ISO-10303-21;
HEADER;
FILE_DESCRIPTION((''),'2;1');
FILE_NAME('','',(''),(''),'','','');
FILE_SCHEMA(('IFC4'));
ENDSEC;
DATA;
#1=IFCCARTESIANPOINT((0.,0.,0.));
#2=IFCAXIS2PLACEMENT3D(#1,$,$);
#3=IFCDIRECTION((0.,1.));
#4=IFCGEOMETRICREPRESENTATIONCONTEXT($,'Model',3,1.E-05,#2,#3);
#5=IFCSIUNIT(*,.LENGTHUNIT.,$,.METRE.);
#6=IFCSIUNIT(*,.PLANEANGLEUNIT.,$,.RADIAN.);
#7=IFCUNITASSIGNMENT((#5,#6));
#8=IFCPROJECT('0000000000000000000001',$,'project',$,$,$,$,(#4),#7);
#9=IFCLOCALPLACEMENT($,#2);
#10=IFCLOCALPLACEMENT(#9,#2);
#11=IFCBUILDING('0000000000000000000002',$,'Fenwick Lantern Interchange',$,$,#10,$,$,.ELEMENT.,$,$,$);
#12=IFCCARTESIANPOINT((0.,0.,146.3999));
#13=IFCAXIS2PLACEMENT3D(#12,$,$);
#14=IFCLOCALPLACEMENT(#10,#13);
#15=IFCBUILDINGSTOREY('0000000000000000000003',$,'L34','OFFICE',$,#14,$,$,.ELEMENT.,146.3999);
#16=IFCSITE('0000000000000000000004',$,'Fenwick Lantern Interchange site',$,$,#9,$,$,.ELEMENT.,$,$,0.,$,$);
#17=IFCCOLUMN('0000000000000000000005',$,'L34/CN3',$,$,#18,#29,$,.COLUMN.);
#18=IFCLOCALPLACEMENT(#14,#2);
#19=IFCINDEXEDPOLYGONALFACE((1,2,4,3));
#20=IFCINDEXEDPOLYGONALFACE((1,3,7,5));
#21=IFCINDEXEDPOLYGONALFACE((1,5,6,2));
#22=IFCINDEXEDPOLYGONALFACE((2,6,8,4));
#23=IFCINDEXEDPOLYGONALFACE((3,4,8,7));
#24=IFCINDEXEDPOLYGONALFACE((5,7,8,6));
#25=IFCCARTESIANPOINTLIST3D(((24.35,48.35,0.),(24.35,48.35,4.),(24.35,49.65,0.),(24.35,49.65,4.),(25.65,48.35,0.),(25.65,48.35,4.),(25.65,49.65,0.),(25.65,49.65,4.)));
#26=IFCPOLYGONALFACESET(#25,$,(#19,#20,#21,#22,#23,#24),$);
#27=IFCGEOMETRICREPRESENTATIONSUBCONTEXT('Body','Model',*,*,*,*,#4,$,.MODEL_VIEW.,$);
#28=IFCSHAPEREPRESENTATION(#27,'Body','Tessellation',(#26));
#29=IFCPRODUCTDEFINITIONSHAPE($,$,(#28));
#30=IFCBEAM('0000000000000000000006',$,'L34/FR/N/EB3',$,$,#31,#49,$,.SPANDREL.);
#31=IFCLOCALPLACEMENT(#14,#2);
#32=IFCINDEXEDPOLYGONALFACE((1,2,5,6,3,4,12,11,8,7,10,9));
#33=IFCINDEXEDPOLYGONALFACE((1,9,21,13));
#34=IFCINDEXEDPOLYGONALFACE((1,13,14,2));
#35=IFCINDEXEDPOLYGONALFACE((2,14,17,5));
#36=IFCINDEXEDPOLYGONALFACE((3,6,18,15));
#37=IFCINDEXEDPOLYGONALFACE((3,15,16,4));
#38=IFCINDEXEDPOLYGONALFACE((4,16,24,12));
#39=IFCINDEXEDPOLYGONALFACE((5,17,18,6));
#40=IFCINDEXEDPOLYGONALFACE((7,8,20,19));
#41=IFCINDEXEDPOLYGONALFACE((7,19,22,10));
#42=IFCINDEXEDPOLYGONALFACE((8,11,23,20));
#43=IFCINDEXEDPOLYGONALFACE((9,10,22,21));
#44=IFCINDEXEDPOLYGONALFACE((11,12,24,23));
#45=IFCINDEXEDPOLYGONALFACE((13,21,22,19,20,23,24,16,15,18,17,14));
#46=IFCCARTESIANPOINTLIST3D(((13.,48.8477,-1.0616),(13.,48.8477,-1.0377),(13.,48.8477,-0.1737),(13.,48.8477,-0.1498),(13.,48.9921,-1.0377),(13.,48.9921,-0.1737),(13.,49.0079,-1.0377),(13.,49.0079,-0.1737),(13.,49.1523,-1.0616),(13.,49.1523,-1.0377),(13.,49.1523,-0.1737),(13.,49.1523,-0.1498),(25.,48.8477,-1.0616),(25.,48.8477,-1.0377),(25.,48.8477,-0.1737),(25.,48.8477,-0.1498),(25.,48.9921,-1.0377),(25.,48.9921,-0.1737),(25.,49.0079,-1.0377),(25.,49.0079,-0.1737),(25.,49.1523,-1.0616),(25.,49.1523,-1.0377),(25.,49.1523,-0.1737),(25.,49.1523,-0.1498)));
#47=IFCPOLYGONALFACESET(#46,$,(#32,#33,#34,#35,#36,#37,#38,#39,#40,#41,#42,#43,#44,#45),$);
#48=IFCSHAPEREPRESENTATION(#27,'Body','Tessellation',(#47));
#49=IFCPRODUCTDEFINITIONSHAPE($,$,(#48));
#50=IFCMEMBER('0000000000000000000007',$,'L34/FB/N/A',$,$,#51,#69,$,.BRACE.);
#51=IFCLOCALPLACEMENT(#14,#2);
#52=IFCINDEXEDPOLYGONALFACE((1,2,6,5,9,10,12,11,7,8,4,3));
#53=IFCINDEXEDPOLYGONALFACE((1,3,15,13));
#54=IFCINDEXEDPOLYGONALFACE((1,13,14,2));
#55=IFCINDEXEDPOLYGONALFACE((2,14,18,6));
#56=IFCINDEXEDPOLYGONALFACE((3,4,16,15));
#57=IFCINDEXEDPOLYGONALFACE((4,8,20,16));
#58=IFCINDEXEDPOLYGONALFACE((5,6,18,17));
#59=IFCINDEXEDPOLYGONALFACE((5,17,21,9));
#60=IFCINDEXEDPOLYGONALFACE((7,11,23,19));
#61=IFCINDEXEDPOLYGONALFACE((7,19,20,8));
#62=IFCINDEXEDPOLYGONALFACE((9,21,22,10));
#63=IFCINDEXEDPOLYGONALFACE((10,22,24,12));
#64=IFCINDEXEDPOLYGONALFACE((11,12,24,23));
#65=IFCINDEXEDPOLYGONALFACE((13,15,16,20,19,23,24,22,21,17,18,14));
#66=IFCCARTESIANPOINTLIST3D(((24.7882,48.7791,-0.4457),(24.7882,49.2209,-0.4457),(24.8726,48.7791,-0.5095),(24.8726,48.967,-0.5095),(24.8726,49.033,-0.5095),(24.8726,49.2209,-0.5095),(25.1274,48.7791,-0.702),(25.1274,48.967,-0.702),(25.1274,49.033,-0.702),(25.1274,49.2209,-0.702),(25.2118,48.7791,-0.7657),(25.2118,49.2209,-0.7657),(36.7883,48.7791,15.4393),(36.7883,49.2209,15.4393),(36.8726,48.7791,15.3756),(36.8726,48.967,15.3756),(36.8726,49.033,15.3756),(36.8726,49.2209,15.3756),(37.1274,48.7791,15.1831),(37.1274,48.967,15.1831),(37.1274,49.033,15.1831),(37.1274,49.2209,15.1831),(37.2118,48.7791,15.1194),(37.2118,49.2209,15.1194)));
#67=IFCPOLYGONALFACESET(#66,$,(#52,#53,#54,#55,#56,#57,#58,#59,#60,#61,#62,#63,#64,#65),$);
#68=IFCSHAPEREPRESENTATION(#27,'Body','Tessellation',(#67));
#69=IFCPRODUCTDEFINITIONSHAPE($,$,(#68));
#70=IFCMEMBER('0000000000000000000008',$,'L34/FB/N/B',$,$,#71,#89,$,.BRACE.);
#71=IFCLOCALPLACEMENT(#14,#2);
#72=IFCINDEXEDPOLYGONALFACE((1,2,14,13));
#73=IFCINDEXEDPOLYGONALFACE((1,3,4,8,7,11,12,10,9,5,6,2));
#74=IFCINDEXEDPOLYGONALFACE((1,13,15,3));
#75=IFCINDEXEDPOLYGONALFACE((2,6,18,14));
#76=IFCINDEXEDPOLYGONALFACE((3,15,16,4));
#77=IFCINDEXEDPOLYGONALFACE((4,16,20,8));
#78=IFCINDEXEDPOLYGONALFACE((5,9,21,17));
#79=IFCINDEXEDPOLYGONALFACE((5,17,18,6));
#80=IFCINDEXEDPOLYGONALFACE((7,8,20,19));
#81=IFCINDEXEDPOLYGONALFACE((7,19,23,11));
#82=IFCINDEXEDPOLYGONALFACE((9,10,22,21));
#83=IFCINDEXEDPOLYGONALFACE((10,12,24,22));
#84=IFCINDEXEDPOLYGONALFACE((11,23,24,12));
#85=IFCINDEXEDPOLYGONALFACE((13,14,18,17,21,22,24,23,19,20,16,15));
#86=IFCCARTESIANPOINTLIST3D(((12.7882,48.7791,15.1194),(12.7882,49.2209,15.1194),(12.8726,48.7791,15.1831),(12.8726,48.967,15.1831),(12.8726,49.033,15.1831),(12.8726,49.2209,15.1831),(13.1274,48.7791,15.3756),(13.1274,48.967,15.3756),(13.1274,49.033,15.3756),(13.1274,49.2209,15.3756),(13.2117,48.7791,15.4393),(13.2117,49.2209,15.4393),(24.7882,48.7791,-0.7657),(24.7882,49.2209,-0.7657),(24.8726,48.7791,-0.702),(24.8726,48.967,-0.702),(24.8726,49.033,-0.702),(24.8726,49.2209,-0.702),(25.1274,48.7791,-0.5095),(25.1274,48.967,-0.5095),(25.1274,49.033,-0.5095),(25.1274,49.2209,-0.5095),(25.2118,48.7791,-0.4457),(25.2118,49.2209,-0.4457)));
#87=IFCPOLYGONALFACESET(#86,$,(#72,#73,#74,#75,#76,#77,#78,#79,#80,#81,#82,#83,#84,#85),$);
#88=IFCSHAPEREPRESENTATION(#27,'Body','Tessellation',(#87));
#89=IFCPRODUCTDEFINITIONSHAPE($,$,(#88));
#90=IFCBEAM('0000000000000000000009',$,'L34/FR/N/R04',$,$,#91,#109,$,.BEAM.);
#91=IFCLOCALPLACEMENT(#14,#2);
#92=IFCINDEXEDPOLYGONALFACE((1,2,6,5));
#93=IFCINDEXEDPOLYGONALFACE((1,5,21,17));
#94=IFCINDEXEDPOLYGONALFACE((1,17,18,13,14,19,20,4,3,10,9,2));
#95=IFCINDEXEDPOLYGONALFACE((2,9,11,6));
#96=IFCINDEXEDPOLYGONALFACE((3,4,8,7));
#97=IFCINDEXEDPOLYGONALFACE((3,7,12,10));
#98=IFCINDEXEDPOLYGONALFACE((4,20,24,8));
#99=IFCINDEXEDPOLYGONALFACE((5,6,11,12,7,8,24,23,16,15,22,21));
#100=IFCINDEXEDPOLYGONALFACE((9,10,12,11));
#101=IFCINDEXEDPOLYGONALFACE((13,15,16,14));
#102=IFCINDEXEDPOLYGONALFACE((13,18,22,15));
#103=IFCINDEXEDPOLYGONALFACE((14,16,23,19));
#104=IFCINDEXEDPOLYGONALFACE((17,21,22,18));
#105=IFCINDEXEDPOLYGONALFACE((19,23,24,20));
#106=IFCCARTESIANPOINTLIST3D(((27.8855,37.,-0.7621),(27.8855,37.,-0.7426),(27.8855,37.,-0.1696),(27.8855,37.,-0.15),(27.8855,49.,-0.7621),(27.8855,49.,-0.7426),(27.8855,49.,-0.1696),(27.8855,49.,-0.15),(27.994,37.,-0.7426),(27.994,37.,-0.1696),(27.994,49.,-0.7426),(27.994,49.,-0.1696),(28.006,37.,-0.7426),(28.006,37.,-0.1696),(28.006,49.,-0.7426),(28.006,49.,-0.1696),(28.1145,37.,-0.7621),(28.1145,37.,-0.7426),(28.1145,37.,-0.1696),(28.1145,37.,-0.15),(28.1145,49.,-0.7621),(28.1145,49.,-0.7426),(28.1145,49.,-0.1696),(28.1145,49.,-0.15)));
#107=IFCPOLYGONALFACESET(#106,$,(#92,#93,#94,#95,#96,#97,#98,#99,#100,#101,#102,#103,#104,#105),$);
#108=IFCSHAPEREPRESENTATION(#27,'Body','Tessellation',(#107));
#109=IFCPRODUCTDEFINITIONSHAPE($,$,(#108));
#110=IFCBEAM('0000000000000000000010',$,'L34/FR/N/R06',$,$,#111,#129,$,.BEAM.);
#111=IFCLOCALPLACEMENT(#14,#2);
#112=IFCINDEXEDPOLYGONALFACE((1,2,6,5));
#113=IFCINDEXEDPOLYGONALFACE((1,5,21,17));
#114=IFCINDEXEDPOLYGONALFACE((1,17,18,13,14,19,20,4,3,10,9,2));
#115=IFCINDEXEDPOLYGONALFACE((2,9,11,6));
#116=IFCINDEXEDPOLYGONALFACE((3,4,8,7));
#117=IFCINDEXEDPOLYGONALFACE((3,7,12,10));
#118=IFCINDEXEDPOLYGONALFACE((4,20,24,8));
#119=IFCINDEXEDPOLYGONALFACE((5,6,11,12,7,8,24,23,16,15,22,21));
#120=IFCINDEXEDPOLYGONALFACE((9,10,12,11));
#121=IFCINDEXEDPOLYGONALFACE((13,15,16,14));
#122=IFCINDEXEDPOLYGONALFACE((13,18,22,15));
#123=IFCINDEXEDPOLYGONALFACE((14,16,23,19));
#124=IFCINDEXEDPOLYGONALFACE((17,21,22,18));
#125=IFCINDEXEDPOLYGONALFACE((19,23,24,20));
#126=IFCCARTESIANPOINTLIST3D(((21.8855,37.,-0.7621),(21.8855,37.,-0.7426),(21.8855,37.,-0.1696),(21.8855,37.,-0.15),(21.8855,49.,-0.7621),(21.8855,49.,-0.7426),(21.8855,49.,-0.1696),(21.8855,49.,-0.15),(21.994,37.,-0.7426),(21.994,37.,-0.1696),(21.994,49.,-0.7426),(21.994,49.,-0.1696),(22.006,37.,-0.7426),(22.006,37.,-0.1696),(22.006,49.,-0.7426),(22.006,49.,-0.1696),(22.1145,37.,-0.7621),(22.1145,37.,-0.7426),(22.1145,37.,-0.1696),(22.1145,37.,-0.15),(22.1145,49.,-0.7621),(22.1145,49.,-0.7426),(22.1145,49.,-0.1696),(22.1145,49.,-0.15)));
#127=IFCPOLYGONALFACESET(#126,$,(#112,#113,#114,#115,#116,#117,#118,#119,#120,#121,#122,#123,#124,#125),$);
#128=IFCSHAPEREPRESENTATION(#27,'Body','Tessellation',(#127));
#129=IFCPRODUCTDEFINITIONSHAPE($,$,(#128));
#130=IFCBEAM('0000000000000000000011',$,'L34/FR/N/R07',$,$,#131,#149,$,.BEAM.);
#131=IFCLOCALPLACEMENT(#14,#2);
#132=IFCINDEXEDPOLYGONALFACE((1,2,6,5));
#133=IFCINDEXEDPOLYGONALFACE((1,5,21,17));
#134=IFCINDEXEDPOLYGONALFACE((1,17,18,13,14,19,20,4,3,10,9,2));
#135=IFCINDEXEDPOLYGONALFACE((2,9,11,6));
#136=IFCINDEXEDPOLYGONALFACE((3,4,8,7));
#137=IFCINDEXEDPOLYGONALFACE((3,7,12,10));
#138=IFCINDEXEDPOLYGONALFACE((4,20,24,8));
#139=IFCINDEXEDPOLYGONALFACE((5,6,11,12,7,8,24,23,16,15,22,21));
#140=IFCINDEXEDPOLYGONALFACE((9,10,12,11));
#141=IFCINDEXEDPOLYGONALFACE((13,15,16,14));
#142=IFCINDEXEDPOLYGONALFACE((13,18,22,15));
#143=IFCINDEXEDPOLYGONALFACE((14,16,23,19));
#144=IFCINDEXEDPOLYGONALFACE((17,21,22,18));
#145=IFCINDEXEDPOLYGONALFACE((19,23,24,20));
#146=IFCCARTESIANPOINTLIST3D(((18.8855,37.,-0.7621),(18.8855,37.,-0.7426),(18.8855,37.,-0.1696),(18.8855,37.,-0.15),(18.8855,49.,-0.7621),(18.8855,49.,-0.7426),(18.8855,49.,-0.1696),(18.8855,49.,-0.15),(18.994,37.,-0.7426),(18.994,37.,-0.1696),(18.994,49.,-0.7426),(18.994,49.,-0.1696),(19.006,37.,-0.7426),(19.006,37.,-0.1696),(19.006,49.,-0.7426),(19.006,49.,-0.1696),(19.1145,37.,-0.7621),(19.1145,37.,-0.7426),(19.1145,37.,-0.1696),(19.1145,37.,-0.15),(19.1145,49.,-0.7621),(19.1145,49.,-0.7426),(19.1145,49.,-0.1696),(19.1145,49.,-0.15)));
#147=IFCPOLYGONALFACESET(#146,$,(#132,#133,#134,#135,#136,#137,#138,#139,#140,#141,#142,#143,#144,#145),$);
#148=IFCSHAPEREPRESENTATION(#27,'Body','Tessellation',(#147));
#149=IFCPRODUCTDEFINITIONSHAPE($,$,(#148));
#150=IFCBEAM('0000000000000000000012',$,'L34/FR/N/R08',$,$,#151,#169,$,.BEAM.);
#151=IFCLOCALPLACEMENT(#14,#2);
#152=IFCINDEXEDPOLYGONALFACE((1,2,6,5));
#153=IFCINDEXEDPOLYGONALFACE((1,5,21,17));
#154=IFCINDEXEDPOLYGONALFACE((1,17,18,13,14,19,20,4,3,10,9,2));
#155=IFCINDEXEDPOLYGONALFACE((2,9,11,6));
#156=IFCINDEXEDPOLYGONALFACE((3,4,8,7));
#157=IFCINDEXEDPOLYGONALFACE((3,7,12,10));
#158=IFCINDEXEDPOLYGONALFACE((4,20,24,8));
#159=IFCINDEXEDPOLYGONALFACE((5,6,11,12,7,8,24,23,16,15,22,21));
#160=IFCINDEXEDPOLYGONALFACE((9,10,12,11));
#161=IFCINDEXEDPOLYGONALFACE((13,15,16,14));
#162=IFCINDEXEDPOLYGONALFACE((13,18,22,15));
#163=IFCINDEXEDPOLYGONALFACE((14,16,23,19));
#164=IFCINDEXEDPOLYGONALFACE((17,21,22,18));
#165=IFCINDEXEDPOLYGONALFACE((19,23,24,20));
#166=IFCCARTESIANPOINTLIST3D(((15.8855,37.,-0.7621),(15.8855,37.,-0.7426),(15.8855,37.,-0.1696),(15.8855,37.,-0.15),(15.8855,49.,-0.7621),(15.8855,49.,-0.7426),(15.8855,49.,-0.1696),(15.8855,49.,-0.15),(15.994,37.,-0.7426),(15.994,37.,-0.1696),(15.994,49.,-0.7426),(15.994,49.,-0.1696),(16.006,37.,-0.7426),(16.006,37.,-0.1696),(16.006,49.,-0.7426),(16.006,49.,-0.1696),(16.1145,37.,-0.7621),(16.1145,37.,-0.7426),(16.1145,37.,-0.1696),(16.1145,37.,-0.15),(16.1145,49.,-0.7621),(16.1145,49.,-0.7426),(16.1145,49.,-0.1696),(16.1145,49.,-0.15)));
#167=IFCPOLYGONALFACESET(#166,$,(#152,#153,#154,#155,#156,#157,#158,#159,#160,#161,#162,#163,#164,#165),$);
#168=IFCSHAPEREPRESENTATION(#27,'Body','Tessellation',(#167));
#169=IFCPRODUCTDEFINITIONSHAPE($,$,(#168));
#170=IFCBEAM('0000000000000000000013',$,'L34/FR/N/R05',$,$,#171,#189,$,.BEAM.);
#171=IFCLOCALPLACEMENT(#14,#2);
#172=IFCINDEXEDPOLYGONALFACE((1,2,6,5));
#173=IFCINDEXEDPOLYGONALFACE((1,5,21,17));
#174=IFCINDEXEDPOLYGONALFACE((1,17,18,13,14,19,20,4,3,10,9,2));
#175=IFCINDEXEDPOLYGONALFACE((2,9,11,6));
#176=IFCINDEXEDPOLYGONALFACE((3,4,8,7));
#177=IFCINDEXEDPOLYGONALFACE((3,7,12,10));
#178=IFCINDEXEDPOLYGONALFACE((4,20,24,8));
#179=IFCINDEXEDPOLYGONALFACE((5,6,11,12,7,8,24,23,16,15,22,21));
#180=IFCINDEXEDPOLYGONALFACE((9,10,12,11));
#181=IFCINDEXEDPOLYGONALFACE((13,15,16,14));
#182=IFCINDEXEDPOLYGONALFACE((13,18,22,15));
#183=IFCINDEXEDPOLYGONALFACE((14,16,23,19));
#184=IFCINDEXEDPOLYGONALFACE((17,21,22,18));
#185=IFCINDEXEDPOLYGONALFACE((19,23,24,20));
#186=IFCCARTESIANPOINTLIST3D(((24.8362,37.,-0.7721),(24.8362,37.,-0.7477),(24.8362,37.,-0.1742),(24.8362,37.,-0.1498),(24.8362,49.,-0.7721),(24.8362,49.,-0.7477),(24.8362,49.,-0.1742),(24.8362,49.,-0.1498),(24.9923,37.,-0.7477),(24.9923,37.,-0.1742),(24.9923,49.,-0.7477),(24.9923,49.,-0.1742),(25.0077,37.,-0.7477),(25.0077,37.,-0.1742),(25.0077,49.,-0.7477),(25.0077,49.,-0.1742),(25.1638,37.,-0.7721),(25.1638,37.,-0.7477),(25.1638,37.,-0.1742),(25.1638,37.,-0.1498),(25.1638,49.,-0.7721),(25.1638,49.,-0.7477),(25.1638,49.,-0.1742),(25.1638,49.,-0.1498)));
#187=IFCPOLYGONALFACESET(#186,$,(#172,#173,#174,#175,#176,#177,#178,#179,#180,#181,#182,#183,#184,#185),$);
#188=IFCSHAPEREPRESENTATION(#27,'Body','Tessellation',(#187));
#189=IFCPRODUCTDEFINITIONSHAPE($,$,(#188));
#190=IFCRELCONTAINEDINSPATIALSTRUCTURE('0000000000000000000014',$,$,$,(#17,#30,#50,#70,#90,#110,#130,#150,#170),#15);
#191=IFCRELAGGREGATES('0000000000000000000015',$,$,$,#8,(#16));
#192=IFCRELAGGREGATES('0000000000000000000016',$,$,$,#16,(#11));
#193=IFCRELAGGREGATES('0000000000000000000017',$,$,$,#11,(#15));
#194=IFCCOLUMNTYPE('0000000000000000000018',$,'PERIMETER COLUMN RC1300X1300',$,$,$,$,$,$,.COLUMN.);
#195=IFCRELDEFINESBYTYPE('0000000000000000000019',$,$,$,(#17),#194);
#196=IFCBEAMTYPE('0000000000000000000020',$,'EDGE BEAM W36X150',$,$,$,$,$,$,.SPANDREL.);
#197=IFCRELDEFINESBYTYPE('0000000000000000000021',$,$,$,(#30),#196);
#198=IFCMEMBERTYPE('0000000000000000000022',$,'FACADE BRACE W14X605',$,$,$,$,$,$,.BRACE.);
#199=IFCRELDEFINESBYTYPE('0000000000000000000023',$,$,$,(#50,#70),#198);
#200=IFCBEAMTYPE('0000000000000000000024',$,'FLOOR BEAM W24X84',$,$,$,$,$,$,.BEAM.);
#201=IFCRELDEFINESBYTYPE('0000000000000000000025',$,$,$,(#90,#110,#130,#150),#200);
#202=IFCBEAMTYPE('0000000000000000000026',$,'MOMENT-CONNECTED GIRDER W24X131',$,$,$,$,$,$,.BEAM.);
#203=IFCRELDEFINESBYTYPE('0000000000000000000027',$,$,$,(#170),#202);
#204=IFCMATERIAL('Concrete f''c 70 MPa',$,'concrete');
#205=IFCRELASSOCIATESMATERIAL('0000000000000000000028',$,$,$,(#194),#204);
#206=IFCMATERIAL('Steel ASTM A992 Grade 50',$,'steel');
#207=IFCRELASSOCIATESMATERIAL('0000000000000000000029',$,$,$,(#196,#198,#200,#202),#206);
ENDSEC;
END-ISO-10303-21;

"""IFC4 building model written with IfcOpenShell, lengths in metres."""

from ifc_helpers import new_model, si_unit, direction, frame, origin, origin_2d, place, context, subcontext, project, spatial, rectangle, i_section, extrude, material, material_profile, profile_set, type_object, element, save


model = new_model("IFC4")

# Units and contexts
model_context = context("Model", 3, precision=1e-05, world=origin(), true_north=direction((0.0, 1.0)))
body_context = subcontext(model_context, "Body", "Model", "MODEL_VIEW")
ifc_project = project(units=[si_unit("LENGTHUNIT", "METRE"), si_unit("PLANEANGLEUNIT", "RADIAN")], contexts=[model_context])

# Site, building, storey
site_placement = place(None, origin())
site = spatial("IfcSite", under=ifc_project, at=site_placement, Name="Fenwick Lantern Interchange site", CompositionType="ELEMENT", RefElevation=0.0)
building_placement = place(site_placement, origin())
building = spatial("IfcBuilding", under=site, at=building_placement, Name="Fenwick Lantern Interchange", CompositionType="ELEMENT")
storey_placement = place(building_placement, frame((0.0, 0.0, 146.3999)))
storey = spatial("IfcBuildingStorey", under=building, at=storey_placement, Name="L34", Description="OFFICE", CompositionType="ELEMENT", Elevation=146.3999)

# Column
ifc_material_1 = material(Name="Concrete f'c 70 MPa", Category="concrete")
ifc_material_profile_1 = material_profile(ifc_material_1, rectangle(XDim=1.3, YDim=1.3, at=origin_2d()), Name="RC1300X1300")
ifc_profile_set_1 = profile_set([ifc_material_profile_1], Name="Concrete f'c 70 MPa")
column_type = type_object("IfcColumnType", Name="PERIMETER COLUMN RC1300X1300", PredefinedType="COLUMN", material=ifc_profile_set_1)
column_placement = place(storey_placement, frame((25.0, 49.0, 0.0), z_axis=(0.0, 0.0, 1.0), x_axis=(1.0, 0.0, 0.0)))
element("IfcColumn", 1, at=column_placement, inside=storey, type_object=column_type, Name="L34/CN3", PredefinedType="COLUMN", context=body_context, shape_type="SweptSolid", body=[
    extrude(rectangle(XDim=1.3, YDim=1.3, at=origin_2d()), origin(), (0.0, 0.0, 1.0), 4.0),
])

# Beam
ifc_material_2 = material(Name="Steel ASTM A992 Grade 50", Category="steel")
ifc_material_profile_2 = material_profile(ifc_material_2, i_section(OverallWidth=0.3047, OverallDepth=0.9119, WebThickness=0.0159, FlangeThickness=0.0239, at=origin_2d()), Name="W36X150")
ifc_profile_set_2 = profile_set([ifc_material_profile_2], Name="Steel ASTM A992 Grade 50")
beam_type_1 = type_object("IfcBeamType", Name="EDGE BEAM W36X150", PredefinedType="SPANDREL", material=ifc_profile_set_2)
beam_1_placement = place(storey_placement, frame((25.0, 49.0, -0.6057), z_axis=(-1.0, 0.0, 0.0), x_axis=(0.0, -1.0, 0.0)))
element("IfcBeam", 2, at=beam_1_placement, inside=storey, type_object=beam_type_1, Name="L34/FR/N/EB3", PredefinedType="SPANDREL", context=body_context, shape_type="SweptSolid", body=[
    extrude(i_section(OverallWidth=0.3047, OverallDepth=0.9119, WebThickness=0.0159, FlangeThickness=0.0239, at=origin_2d()), origin(), (0.0, 0.0, 1.0), 12.0),
])

# Members
ifc_material_profile_3 = material_profile(ifc_material_2, i_section(OverallWidth=0.4419, OverallDepth=0.5308, WebThickness=0.0659, FlangeThickness=0.1057, at=origin_2d()), Name="W14X605")
ifc_profile_set_3 = profile_set([ifc_material_profile_3], Name="Steel ASTM A992 Grade 50")
member_type_1 = type_object("IfcMemberType", Name="FACADE BRACE W14X605", PredefinedType="BRACE", material=ifc_profile_set_3)
for number, where, z_axis, x_axis, name in (
    (3, (25.0, 49.0, -0.6057), (0.602769, 0.0, 0.797916), (0.0, 1.0, 0.0), "L34/FB/N/A"),
    (4, (25.0, 49.0, -0.6057), (-0.602769, 0.0, 0.797916), (0.0, -1.0, 0.0), "L34/FB/N/B"),
):
    element("IfcMember", number, at=place(storey_placement, frame(where, z_axis=z_axis, x_axis=x_axis)), inside=storey, type_object=member_type_1, Name=name, PredefinedType="BRACE", context=body_context, shape_type="SweptSolid", body=[
        extrude(i_section(OverallWidth=0.4419, OverallDepth=0.5308, WebThickness=0.0659, FlangeThickness=0.1057, at=origin_2d()), origin(), (0.0, 0.0, 1.0), 19.9082),
    ])

# Beams
ifc_material_profile_4 = material_profile(ifc_material_2, i_section(OverallWidth=0.229, OverallDepth=0.6121, WebThickness=0.012, FlangeThickness=0.0195, at=origin_2d()), Name="W24X84")
ifc_profile_set_4 = profile_set([ifc_material_profile_4], Name="Steel ASTM A992 Grade 50")
beam_type_2 = type_object("IfcBeamType", Name="FLOOR BEAM W24X84", PredefinedType="BEAM", material=ifc_profile_set_4)
for number, where, z_axis, x_axis, name in (
    (5, (28.0, 49.0, -0.4561), (0.0, -1.0, 0.0), (1.0, 0.0, 0.0), "L34/FR/N/R04"),
    (6, (22.0, 49.0, -0.4561), (0.0, -1.0, 0.0), (1.0, 0.0, 0.0), "L34/FR/N/R06"),
    (7, (19.0, 49.0, -0.4561), (0.0, -1.0, 0.0), (1.0, 0.0, 0.0), "L34/FR/N/R07"),
    (8, (16.0, 49.0, -0.4561), (0.0, -1.0, 0.0), (1.0, 0.0, 0.0), "L34/FR/N/R08"),
):
    element("IfcBeam", number, at=place(storey_placement, frame(where, z_axis=z_axis, x_axis=x_axis)), inside=storey, type_object=beam_type_2, Name=name, PredefinedType="BEAM", context=body_context, shape_type="SweptSolid", body=[
        extrude(i_section(OverallWidth=0.229, OverallDepth=0.6121, WebThickness=0.012, FlangeThickness=0.0195, at=origin_2d()), origin(), (0.0, 0.0, 1.0), 12.0),
    ])
ifc_material_profile_5 = material_profile(ifc_material_2, i_section(OverallWidth=0.3276, OverallDepth=0.6223, WebThickness=0.0154, FlangeThickness=0.0244, at=origin_2d()), Name="W24X131")
ifc_profile_set_5 = profile_set([ifc_material_profile_5], Name="Steel ASTM A992 Grade 50")
beam_type_3 = type_object("IfcBeamType", Name="MOMENT-CONNECTED GIRDER W24X131", PredefinedType="BEAM", material=ifc_profile_set_5)
beam_2_placement = place(storey_placement, frame((25.0, 49.0, -0.4609), z_axis=(0.0, -1.0, 0.0), x_axis=(1.0, 0.0, 0.0)))
element("IfcBeam", 9, at=beam_2_placement, inside=storey, type_object=beam_type_3, Name="L34/FR/N/R05", PredefinedType="BEAM", context=body_context, shape_type="SweptSolid", body=[
    extrude(i_section(OverallWidth=0.3276, OverallDepth=0.6223, WebThickness=0.0154, FlangeThickness=0.0244, at=origin_2d()), origin(), (0.0, 0.0, 1.0), 12.0),
])

save(model, "model.ifc")
